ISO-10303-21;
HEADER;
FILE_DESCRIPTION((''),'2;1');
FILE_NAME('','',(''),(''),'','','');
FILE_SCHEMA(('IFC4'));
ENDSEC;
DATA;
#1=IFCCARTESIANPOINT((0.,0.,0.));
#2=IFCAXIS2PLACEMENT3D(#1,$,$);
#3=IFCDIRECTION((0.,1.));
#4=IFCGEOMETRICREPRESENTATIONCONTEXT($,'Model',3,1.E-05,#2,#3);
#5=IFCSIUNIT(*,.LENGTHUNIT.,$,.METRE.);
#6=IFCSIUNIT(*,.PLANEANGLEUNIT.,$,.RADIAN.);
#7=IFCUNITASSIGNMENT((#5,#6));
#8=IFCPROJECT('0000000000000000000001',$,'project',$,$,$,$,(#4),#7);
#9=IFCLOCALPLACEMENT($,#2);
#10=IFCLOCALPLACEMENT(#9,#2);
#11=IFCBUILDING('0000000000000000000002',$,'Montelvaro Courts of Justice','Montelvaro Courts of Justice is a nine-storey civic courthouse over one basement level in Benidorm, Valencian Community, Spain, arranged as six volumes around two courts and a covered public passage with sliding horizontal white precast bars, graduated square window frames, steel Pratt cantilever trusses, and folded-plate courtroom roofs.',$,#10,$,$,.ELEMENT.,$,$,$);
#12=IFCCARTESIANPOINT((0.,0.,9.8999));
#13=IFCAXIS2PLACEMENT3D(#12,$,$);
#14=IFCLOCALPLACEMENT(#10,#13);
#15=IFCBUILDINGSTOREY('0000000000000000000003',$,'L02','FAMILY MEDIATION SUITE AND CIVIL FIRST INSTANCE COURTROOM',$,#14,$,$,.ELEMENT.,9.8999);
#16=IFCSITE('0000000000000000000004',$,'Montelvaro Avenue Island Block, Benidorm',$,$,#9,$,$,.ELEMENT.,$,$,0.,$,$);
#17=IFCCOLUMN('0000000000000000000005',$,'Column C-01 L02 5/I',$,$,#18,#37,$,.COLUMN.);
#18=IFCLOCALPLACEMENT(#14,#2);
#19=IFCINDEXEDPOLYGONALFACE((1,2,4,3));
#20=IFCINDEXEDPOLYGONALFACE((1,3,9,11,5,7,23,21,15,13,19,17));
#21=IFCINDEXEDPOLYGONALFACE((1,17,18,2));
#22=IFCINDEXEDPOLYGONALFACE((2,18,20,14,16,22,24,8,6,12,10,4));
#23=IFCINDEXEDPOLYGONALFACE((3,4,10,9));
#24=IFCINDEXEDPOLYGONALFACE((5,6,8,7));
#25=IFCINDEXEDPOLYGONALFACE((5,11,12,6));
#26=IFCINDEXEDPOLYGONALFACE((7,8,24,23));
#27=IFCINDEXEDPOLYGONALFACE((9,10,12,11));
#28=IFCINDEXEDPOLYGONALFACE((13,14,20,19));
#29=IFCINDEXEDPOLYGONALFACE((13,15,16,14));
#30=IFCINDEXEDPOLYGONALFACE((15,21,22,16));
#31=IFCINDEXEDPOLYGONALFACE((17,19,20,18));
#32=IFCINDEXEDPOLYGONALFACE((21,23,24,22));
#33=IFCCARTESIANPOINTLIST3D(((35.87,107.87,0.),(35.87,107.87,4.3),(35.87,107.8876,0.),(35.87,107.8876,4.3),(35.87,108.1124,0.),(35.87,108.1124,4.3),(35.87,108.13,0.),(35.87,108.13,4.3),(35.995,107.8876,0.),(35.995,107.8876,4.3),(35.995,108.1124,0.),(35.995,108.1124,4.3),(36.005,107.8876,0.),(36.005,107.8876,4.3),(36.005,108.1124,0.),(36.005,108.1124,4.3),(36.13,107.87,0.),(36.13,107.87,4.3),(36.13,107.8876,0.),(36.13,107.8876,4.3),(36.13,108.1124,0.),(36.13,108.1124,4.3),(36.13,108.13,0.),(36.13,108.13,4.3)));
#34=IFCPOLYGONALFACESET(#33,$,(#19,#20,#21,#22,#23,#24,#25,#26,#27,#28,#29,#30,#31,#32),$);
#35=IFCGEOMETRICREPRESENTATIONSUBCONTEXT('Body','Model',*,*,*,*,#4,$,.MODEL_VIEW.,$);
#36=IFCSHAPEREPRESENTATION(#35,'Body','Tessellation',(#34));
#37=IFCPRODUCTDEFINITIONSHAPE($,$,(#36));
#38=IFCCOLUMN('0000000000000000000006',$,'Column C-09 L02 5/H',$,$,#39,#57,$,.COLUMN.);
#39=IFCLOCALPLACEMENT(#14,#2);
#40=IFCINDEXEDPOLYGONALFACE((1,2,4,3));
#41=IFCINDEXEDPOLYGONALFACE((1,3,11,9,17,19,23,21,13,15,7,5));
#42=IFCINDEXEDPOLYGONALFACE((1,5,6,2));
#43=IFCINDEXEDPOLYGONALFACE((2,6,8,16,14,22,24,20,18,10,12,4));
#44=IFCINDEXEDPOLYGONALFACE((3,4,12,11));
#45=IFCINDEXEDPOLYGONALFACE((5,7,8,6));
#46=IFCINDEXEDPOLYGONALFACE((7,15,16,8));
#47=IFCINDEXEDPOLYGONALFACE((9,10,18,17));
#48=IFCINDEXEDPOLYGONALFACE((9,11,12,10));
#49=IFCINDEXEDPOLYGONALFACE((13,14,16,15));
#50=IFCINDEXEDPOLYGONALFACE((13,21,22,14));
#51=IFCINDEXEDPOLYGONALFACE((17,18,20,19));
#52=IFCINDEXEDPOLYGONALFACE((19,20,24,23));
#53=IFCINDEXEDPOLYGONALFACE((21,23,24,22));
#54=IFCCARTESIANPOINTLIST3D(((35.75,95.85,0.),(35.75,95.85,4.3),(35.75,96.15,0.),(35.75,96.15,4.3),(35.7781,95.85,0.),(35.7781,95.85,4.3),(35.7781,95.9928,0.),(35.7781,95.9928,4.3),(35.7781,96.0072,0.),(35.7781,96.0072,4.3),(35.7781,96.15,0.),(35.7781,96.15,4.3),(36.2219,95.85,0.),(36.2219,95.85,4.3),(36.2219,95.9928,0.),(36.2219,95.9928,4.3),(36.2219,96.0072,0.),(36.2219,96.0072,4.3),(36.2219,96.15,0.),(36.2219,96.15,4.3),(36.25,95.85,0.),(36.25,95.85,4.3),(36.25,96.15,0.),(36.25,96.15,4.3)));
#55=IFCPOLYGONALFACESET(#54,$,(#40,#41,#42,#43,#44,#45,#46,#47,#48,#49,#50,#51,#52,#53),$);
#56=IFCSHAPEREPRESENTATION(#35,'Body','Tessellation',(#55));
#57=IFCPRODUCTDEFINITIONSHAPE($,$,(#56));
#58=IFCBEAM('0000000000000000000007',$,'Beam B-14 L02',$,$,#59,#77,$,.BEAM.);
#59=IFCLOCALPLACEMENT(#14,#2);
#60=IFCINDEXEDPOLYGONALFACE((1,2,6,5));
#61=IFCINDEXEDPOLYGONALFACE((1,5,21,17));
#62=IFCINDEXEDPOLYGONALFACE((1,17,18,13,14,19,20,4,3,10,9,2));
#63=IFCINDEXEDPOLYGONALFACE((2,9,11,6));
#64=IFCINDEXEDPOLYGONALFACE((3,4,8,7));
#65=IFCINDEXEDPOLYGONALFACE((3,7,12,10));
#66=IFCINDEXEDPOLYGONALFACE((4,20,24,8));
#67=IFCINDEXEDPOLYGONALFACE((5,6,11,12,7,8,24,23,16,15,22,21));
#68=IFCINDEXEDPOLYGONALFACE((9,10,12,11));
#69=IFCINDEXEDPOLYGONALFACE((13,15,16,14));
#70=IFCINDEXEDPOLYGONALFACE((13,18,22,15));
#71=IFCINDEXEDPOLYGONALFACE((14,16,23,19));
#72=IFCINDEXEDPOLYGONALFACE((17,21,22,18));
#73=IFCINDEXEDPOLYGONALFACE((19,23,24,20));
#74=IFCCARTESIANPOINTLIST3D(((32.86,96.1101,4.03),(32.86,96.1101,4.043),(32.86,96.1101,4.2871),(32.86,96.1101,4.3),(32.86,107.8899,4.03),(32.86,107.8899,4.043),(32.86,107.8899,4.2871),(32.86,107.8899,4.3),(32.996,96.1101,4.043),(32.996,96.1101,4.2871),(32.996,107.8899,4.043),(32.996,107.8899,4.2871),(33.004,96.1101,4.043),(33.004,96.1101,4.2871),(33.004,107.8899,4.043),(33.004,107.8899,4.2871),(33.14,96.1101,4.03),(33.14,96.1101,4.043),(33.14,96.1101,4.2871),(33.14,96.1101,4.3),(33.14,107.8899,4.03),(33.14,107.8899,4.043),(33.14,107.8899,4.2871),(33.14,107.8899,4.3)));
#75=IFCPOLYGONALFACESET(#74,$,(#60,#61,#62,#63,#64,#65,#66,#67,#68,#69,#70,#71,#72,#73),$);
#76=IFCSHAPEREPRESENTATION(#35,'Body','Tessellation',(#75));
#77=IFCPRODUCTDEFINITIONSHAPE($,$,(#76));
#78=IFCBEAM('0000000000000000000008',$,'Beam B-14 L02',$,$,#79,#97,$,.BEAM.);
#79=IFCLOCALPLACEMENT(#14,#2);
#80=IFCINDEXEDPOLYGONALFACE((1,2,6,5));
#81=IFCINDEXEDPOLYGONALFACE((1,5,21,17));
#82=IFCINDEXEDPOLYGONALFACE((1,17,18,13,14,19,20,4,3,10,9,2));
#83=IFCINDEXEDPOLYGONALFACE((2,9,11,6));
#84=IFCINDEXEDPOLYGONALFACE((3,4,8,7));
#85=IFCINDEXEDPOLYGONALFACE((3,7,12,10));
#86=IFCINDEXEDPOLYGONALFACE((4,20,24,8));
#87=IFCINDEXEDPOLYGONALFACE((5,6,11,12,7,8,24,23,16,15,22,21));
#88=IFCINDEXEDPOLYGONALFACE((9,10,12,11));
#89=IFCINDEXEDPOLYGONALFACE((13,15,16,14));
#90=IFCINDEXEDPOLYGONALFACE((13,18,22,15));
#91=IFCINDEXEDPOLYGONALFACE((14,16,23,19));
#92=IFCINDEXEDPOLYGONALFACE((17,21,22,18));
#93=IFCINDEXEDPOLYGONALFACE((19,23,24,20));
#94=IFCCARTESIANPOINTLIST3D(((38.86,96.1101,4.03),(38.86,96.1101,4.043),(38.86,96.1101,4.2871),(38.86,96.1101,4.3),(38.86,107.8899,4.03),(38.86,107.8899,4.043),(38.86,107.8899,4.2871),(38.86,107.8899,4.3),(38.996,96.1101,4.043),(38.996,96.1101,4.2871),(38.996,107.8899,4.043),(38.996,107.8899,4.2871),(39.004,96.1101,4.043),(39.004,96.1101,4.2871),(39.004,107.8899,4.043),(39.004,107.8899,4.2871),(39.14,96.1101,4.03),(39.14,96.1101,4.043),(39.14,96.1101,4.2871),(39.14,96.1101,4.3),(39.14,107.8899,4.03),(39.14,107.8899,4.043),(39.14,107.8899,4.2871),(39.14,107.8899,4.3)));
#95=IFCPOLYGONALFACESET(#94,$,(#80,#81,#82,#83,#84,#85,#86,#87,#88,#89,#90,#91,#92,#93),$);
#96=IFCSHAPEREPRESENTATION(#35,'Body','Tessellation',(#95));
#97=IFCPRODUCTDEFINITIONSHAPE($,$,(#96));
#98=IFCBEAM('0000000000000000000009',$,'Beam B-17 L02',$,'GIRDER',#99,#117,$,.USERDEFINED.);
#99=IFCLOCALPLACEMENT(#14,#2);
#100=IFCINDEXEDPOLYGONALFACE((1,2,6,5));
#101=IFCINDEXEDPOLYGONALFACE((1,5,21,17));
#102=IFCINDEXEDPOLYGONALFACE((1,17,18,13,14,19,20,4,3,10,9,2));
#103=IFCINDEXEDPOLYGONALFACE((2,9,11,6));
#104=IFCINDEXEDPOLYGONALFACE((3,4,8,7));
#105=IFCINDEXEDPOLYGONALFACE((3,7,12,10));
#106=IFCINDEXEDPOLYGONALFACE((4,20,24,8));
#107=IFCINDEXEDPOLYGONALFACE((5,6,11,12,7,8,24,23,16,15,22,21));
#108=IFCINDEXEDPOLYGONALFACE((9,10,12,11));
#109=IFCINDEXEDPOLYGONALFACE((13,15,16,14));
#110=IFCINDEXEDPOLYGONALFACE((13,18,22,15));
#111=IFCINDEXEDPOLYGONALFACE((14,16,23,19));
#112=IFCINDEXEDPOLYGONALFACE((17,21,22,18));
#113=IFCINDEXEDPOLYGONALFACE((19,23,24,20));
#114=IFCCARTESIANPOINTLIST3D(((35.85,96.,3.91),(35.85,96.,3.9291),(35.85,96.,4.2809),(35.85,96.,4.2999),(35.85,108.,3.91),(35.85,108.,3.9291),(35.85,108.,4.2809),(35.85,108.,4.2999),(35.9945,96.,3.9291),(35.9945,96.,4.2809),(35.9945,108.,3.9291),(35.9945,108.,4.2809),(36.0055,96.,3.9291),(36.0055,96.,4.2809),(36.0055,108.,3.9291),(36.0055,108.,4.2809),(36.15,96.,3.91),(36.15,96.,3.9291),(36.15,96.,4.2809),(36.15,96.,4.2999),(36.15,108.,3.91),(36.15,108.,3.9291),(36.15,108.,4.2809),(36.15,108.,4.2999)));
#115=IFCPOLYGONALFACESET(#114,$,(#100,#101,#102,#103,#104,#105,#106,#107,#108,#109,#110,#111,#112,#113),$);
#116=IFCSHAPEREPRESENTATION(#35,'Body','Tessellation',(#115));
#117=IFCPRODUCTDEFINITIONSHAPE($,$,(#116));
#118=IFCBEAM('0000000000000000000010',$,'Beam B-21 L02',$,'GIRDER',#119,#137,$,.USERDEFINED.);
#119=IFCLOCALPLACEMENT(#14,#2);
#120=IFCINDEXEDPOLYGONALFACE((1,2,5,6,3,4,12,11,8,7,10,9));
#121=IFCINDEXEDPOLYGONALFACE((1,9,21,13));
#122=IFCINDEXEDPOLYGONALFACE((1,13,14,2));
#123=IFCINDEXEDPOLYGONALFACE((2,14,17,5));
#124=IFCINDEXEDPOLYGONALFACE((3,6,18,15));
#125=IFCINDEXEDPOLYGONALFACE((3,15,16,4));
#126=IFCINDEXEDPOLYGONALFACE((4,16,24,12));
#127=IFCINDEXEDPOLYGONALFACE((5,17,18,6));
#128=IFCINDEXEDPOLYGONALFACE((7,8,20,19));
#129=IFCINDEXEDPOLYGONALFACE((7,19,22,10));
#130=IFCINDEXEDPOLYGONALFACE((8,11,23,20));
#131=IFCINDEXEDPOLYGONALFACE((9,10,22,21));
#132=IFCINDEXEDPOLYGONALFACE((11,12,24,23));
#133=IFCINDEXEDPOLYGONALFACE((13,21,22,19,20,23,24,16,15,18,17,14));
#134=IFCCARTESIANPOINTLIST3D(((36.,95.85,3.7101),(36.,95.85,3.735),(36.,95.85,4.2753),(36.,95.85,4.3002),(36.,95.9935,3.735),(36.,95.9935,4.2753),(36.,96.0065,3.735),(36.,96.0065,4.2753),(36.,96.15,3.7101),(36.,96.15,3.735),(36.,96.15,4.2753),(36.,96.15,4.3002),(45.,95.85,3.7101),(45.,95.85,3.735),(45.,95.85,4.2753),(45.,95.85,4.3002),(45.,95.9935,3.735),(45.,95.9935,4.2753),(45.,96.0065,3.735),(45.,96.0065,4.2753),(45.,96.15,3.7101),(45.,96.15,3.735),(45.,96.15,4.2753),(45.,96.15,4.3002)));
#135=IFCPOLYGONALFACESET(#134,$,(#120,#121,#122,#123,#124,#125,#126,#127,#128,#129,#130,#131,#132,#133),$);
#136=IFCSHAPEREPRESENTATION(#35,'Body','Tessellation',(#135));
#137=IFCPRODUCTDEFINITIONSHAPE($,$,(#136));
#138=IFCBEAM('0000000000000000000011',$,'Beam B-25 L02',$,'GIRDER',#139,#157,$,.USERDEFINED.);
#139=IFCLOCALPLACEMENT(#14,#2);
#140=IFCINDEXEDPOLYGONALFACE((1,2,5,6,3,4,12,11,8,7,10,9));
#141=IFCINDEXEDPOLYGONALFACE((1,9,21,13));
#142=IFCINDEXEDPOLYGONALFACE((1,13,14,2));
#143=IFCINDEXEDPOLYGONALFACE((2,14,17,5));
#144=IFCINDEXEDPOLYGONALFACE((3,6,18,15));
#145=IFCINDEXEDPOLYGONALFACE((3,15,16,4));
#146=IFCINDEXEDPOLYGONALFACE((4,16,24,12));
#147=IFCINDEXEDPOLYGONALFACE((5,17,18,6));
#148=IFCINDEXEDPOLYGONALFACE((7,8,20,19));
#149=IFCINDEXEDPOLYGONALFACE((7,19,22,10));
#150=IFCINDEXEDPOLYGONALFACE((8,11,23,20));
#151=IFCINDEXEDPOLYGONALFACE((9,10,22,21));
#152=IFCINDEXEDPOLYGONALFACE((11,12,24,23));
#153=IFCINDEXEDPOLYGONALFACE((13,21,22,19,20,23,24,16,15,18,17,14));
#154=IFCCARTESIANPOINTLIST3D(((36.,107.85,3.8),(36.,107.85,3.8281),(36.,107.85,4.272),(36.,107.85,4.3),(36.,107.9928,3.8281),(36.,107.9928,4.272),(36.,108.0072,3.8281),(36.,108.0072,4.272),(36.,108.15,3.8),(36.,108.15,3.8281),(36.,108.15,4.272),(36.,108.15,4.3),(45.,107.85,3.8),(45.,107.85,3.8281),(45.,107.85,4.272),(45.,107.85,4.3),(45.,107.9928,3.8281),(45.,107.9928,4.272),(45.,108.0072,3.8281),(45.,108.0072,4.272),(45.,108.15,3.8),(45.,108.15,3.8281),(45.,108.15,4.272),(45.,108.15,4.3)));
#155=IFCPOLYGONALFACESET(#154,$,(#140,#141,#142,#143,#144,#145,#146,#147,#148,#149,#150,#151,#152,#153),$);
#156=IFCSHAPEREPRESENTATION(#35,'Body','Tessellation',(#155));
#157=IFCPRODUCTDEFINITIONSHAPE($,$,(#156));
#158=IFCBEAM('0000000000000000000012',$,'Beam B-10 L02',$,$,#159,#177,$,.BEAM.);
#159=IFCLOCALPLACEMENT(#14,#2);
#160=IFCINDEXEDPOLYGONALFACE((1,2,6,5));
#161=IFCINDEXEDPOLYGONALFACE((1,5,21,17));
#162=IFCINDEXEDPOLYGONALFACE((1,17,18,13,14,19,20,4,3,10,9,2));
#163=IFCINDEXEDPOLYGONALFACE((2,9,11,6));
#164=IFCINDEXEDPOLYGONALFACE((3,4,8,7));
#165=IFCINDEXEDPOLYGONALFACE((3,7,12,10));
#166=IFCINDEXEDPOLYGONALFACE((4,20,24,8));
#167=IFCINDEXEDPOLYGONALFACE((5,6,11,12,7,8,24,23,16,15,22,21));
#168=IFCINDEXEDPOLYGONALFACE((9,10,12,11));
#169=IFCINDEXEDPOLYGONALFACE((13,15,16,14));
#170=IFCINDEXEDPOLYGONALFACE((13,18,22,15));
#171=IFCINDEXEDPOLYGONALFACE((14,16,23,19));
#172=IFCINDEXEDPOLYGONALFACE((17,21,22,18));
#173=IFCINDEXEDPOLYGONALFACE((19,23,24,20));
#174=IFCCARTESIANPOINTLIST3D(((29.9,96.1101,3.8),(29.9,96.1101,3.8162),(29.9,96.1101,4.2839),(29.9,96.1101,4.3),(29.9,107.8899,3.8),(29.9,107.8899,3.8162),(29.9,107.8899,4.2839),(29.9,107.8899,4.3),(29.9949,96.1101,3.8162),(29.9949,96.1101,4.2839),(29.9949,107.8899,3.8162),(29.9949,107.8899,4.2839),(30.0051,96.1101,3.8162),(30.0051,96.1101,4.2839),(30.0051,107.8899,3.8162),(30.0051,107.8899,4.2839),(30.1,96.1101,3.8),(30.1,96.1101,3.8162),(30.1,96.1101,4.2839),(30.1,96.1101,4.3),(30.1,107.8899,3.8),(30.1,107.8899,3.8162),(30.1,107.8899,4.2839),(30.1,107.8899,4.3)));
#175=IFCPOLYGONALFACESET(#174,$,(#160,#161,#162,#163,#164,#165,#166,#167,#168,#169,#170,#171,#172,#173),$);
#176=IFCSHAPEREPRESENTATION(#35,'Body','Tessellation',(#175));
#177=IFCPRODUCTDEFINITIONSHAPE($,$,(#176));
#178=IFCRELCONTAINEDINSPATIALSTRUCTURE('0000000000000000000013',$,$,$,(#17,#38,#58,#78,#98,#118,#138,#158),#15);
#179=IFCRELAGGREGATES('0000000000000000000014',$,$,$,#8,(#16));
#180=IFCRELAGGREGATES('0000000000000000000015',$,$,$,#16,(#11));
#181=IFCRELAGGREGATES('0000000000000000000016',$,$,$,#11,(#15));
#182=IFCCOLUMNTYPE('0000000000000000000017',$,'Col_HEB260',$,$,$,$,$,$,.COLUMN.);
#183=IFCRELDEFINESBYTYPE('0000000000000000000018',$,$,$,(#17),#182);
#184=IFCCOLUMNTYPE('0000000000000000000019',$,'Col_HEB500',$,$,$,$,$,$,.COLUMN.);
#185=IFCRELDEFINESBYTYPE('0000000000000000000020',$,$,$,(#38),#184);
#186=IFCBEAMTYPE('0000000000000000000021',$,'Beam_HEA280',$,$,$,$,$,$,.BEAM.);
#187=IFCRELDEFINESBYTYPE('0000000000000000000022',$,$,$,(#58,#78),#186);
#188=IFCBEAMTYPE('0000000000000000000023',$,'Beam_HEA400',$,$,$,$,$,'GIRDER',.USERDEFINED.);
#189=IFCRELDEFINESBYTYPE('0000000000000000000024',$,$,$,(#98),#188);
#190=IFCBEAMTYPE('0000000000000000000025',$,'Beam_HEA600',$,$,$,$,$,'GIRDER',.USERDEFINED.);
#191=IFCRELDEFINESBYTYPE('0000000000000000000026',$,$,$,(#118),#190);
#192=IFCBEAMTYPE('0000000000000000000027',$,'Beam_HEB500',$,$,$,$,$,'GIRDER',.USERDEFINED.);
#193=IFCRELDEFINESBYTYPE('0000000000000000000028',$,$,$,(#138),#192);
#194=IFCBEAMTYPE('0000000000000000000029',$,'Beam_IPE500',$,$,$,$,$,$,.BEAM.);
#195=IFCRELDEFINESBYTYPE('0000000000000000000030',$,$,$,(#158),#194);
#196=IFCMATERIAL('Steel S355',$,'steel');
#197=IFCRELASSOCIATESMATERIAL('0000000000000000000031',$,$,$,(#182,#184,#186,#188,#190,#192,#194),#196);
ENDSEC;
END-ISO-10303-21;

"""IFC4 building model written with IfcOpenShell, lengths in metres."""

from ifc_helpers import new_model, si_unit, direction, frame, origin, origin_2d, place, context, subcontext, project, spatial, i_section, extrude, material, material_profile, profile_set, type_object, element, save


model = new_model("IFC4")

# Units and contexts
model_context = context("Model", 3, precision=1e-05, world=origin(), true_north=direction((0.0, 1.0)))
body_context = subcontext(model_context, "Body", "Model", "MODEL_VIEW")
ifc_project = project(units=[si_unit("LENGTHUNIT", "METRE"), si_unit("PLANEANGLEUNIT", "RADIAN")], contexts=[model_context])

# Site, building, storey
site_placement = place(None, origin())
site = spatial("IfcSite", under=ifc_project, at=site_placement, Name="Montelvaro Avenue Island Block, Benidorm", CompositionType="ELEMENT", RefElevation=0.0)
building_placement = place(site_placement, origin())
building = spatial("IfcBuilding", under=site, at=building_placement, Name="Montelvaro Courts of Justice", Description="Montelvaro Courts of Justice is a nine-storey civic courthouse over one basement level in Benidorm, Valencian Community, Spain, arranged as six volumes around two courts and a covered public passage with sliding horizontal white precast bars, graduated square window frames, steel Pratt cantilever trusses, and folded-plate courtroom roofs.", CompositionType="ELEMENT")
storey_placement = place(building_placement, frame((0.0, 0.0, 9.8999)))
storey = spatial("IfcBuildingStorey", under=building, at=storey_placement, Name="L02", Description="FAMILY MEDIATION SUITE AND CIVIL FIRST INSTANCE COURTROOM", CompositionType="ELEMENT", Elevation=9.8999)

# Columns
ifc_material_1 = material(Name="Steel S355", Category="steel")
ifc_material_profile_1 = material_profile(ifc_material_1, i_section(OverallWidth=0.26, OverallDepth=0.26, WebThickness=0.01, FlangeThickness=0.0176, at=origin_2d()), Name="HEB 260")
ifc_profile_set_1 = profile_set([ifc_material_profile_1], Name="Steel S355")
column_type_1 = type_object("IfcColumnType", Name="Col_HEB260", PredefinedType="COLUMN", material=ifc_profile_set_1)
column_1_placement = place(storey_placement, frame((36.0, 108.0, 0.0), z_axis=(0.0, 0.0, 1.0), x_axis=(1.0, 0.0, 0.0)))
element("IfcColumn", 1, at=column_1_placement, inside=storey, type_object=column_type_1, Name="Column C-01 L02 5/I", PredefinedType="COLUMN", context=body_context, shape_type="SweptSolid", body=[
    extrude(i_section(OverallWidth=0.26, OverallDepth=0.26, WebThickness=0.01, FlangeThickness=0.0176, at=origin_2d()), origin(), (0.0, 0.0, 1.0), 4.3),
])
ifc_material_profile_2 = material_profile(ifc_material_1, i_section(OverallWidth=0.3, OverallDepth=0.5, WebThickness=0.0144, FlangeThickness=0.0281, at=origin_2d()), Name="HEB 500")
ifc_profile_set_2 = profile_set([ifc_material_profile_2], Name="Steel S355")
column_type_2 = type_object("IfcColumnType", Name="Col_HEB500", PredefinedType="COLUMN", material=ifc_profile_set_2)
column_2_placement = place(storey_placement, frame((36.0, 96.0, 0.0), z_axis=(0.0, 0.0, 1.0), x_axis=(0.0, 1.0, 0.0)))
element("IfcColumn", 2, at=column_2_placement, inside=storey, type_object=column_type_2, Name="Column C-09 L02 5/H", PredefinedType="COLUMN", context=body_context, shape_type="SweptSolid", body=[
    extrude(i_section(OverallWidth=0.3, OverallDepth=0.5, WebThickness=0.0144, FlangeThickness=0.0281, at=origin_2d()), origin(), (0.0, 0.0, 1.0), 4.3),
])

# Beams
ifc_material_profile_3 = material_profile(ifc_material_1, i_section(OverallWidth=0.28, OverallDepth=0.27, WebThickness=0.0081, FlangeThickness=0.0129, at=origin_2d()), Name="HEA 280")
ifc_profile_set_3 = profile_set([ifc_material_profile_3], Name="Steel S355")
beam_type_1 = type_object("IfcBeamType", Name="Beam_HEA280", PredefinedType="BEAM", material=ifc_profile_set_3)
for number, where, z_axis, x_axis, name in (
    (3, (33.0, 96.1101, 4.165), (0.0, 1.0, 0.0), (-1.0, 0.0, 0.0), "Beam B-14 L02"),
    (4, (39.0, 96.1101, 4.165), (0.0, 1.0, 0.0), (-1.0, 0.0, 0.0), "Beam B-14 L02"),
):
    element("IfcBeam", number, at=place(storey_placement, frame(where, z_axis=z_axis, x_axis=x_axis)), inside=storey, type_object=beam_type_1, Name=name, PredefinedType="BEAM", context=body_context, shape_type="SweptSolid", body=[
        extrude(i_section(OverallWidth=0.28, OverallDepth=0.27, WebThickness=0.0081, FlangeThickness=0.0129, at=origin_2d()), origin(), (0.0, 0.0, 1.0), 11.7798),
    ])
ifc_material_profile_4 = material_profile(ifc_material_1, i_section(OverallWidth=0.3, OverallDepth=0.3899, WebThickness=0.011, FlangeThickness=0.019, at=origin_2d()), Name="HEA 400")
ifc_profile_set_4 = profile_set([ifc_material_profile_4], Name="Steel S355")
beam_type_2 = type_object("IfcBeamType", Name="Beam_HEA400", ElementType="GIRDER", PredefinedType="USERDEFINED", material=ifc_profile_set_4)
beam_1_placement = place(storey_placement, frame((36.0, 96.0, 4.105), z_axis=(0.0, 1.0, 0.0), x_axis=(-1.0, 0.0, 0.0)))
element("IfcBeam", 5, at=beam_1_placement, inside=storey, type_object=beam_type_2, Name="Beam B-17 L02", ObjectType="GIRDER", PredefinedType="USERDEFINED", context=body_context, shape_type="SweptSolid", body=[
    extrude(i_section(OverallWidth=0.3, OverallDepth=0.3899, WebThickness=0.011, FlangeThickness=0.019, at=origin_2d()), origin(), (0.0, 0.0, 1.0), 12.0),
])
ifc_material_profile_5 = material_profile(ifc_material_1, i_section(OverallWidth=0.3, OverallDepth=0.5901, WebThickness=0.0129, FlangeThickness=0.0249, at=origin_2d()), Name="HEA 600")
ifc_profile_set_5 = profile_set([ifc_material_profile_5], Name="Steel S355")
beam_type_3 = type_object("IfcBeamType", Name="Beam_HEA600", ElementType="GIRDER", PredefinedType="USERDEFINED", material=ifc_profile_set_5)
beam_2_placement = place(storey_placement, frame((36.0, 96.0, 4.0051), z_axis=(1.0, 0.0, 0.0), x_axis=(0.0, 1.0, 0.0)))
element("IfcBeam", 6, at=beam_2_placement, inside=storey, type_object=beam_type_3, Name="Beam B-21 L02", ObjectType="GIRDER", PredefinedType="USERDEFINED", context=body_context, shape_type="SweptSolid", body=[
    extrude(i_section(OverallWidth=0.3, OverallDepth=0.5901, WebThickness=0.0129, FlangeThickness=0.0249, at=origin_2d()), origin(), (0.0, 0.0, 1.0), 9.0),
])
ifc_material_profile_6 = material_profile(ifc_material_1, i_section(OverallWidth=0.3, OverallDepth=0.5, WebThickness=0.0144, FlangeThickness=0.0281, at=origin_2d()), Name="HEB 500")
ifc_profile_set_6 = profile_set([ifc_material_profile_6], Name="Steel S355")
beam_type_4 = type_object("IfcBeamType", Name="Beam_HEB500", ElementType="GIRDER", PredefinedType="USERDEFINED", material=ifc_profile_set_6)
beam_3_placement = place(storey_placement, frame((36.0, 108.0, 4.05), z_axis=(1.0, 0.0, 0.0), x_axis=(0.0, 1.0, 0.0)))
element("IfcBeam", 7, at=beam_3_placement, inside=storey, type_object=beam_type_4, Name="Beam B-25 L02", ObjectType="GIRDER", PredefinedType="USERDEFINED", context=body_context, shape_type="SweptSolid", body=[
    extrude(i_section(OverallWidth=0.3, OverallDepth=0.5, WebThickness=0.0144, FlangeThickness=0.0281, at=origin_2d()), origin(), (0.0, 0.0, 1.0), 9.0),
])
ifc_material_profile_7 = material_profile(ifc_material_1, i_section(OverallWidth=0.2, OverallDepth=0.5, WebThickness=0.0103, FlangeThickness=0.0161, at=origin_2d()), Name="IPE 500")
ifc_profile_set_7 = profile_set([ifc_material_profile_7], Name="Steel S355")
beam_type_5 = type_object("IfcBeamType", Name="Beam_IPE500", PredefinedType="BEAM", material=ifc_profile_set_7)
beam_4_placement = place(storey_placement, frame((30.0, 96.1101, 4.05), z_axis=(0.0, 1.0, 0.0), x_axis=(-1.0, 0.0, 0.0)))
element("IfcBeam", 8, at=beam_4_placement, inside=storey, type_object=beam_type_5, Name="Beam B-10 L02", PredefinedType="BEAM", context=body_context, shape_type="SweptSolid", body=[
    extrude(i_section(OverallWidth=0.2, OverallDepth=0.5, WebThickness=0.0103, FlangeThickness=0.0161, at=origin_2d()), origin(), (0.0, 0.0, 1.0), 11.7798),
])

save(model, "model.ifc")
